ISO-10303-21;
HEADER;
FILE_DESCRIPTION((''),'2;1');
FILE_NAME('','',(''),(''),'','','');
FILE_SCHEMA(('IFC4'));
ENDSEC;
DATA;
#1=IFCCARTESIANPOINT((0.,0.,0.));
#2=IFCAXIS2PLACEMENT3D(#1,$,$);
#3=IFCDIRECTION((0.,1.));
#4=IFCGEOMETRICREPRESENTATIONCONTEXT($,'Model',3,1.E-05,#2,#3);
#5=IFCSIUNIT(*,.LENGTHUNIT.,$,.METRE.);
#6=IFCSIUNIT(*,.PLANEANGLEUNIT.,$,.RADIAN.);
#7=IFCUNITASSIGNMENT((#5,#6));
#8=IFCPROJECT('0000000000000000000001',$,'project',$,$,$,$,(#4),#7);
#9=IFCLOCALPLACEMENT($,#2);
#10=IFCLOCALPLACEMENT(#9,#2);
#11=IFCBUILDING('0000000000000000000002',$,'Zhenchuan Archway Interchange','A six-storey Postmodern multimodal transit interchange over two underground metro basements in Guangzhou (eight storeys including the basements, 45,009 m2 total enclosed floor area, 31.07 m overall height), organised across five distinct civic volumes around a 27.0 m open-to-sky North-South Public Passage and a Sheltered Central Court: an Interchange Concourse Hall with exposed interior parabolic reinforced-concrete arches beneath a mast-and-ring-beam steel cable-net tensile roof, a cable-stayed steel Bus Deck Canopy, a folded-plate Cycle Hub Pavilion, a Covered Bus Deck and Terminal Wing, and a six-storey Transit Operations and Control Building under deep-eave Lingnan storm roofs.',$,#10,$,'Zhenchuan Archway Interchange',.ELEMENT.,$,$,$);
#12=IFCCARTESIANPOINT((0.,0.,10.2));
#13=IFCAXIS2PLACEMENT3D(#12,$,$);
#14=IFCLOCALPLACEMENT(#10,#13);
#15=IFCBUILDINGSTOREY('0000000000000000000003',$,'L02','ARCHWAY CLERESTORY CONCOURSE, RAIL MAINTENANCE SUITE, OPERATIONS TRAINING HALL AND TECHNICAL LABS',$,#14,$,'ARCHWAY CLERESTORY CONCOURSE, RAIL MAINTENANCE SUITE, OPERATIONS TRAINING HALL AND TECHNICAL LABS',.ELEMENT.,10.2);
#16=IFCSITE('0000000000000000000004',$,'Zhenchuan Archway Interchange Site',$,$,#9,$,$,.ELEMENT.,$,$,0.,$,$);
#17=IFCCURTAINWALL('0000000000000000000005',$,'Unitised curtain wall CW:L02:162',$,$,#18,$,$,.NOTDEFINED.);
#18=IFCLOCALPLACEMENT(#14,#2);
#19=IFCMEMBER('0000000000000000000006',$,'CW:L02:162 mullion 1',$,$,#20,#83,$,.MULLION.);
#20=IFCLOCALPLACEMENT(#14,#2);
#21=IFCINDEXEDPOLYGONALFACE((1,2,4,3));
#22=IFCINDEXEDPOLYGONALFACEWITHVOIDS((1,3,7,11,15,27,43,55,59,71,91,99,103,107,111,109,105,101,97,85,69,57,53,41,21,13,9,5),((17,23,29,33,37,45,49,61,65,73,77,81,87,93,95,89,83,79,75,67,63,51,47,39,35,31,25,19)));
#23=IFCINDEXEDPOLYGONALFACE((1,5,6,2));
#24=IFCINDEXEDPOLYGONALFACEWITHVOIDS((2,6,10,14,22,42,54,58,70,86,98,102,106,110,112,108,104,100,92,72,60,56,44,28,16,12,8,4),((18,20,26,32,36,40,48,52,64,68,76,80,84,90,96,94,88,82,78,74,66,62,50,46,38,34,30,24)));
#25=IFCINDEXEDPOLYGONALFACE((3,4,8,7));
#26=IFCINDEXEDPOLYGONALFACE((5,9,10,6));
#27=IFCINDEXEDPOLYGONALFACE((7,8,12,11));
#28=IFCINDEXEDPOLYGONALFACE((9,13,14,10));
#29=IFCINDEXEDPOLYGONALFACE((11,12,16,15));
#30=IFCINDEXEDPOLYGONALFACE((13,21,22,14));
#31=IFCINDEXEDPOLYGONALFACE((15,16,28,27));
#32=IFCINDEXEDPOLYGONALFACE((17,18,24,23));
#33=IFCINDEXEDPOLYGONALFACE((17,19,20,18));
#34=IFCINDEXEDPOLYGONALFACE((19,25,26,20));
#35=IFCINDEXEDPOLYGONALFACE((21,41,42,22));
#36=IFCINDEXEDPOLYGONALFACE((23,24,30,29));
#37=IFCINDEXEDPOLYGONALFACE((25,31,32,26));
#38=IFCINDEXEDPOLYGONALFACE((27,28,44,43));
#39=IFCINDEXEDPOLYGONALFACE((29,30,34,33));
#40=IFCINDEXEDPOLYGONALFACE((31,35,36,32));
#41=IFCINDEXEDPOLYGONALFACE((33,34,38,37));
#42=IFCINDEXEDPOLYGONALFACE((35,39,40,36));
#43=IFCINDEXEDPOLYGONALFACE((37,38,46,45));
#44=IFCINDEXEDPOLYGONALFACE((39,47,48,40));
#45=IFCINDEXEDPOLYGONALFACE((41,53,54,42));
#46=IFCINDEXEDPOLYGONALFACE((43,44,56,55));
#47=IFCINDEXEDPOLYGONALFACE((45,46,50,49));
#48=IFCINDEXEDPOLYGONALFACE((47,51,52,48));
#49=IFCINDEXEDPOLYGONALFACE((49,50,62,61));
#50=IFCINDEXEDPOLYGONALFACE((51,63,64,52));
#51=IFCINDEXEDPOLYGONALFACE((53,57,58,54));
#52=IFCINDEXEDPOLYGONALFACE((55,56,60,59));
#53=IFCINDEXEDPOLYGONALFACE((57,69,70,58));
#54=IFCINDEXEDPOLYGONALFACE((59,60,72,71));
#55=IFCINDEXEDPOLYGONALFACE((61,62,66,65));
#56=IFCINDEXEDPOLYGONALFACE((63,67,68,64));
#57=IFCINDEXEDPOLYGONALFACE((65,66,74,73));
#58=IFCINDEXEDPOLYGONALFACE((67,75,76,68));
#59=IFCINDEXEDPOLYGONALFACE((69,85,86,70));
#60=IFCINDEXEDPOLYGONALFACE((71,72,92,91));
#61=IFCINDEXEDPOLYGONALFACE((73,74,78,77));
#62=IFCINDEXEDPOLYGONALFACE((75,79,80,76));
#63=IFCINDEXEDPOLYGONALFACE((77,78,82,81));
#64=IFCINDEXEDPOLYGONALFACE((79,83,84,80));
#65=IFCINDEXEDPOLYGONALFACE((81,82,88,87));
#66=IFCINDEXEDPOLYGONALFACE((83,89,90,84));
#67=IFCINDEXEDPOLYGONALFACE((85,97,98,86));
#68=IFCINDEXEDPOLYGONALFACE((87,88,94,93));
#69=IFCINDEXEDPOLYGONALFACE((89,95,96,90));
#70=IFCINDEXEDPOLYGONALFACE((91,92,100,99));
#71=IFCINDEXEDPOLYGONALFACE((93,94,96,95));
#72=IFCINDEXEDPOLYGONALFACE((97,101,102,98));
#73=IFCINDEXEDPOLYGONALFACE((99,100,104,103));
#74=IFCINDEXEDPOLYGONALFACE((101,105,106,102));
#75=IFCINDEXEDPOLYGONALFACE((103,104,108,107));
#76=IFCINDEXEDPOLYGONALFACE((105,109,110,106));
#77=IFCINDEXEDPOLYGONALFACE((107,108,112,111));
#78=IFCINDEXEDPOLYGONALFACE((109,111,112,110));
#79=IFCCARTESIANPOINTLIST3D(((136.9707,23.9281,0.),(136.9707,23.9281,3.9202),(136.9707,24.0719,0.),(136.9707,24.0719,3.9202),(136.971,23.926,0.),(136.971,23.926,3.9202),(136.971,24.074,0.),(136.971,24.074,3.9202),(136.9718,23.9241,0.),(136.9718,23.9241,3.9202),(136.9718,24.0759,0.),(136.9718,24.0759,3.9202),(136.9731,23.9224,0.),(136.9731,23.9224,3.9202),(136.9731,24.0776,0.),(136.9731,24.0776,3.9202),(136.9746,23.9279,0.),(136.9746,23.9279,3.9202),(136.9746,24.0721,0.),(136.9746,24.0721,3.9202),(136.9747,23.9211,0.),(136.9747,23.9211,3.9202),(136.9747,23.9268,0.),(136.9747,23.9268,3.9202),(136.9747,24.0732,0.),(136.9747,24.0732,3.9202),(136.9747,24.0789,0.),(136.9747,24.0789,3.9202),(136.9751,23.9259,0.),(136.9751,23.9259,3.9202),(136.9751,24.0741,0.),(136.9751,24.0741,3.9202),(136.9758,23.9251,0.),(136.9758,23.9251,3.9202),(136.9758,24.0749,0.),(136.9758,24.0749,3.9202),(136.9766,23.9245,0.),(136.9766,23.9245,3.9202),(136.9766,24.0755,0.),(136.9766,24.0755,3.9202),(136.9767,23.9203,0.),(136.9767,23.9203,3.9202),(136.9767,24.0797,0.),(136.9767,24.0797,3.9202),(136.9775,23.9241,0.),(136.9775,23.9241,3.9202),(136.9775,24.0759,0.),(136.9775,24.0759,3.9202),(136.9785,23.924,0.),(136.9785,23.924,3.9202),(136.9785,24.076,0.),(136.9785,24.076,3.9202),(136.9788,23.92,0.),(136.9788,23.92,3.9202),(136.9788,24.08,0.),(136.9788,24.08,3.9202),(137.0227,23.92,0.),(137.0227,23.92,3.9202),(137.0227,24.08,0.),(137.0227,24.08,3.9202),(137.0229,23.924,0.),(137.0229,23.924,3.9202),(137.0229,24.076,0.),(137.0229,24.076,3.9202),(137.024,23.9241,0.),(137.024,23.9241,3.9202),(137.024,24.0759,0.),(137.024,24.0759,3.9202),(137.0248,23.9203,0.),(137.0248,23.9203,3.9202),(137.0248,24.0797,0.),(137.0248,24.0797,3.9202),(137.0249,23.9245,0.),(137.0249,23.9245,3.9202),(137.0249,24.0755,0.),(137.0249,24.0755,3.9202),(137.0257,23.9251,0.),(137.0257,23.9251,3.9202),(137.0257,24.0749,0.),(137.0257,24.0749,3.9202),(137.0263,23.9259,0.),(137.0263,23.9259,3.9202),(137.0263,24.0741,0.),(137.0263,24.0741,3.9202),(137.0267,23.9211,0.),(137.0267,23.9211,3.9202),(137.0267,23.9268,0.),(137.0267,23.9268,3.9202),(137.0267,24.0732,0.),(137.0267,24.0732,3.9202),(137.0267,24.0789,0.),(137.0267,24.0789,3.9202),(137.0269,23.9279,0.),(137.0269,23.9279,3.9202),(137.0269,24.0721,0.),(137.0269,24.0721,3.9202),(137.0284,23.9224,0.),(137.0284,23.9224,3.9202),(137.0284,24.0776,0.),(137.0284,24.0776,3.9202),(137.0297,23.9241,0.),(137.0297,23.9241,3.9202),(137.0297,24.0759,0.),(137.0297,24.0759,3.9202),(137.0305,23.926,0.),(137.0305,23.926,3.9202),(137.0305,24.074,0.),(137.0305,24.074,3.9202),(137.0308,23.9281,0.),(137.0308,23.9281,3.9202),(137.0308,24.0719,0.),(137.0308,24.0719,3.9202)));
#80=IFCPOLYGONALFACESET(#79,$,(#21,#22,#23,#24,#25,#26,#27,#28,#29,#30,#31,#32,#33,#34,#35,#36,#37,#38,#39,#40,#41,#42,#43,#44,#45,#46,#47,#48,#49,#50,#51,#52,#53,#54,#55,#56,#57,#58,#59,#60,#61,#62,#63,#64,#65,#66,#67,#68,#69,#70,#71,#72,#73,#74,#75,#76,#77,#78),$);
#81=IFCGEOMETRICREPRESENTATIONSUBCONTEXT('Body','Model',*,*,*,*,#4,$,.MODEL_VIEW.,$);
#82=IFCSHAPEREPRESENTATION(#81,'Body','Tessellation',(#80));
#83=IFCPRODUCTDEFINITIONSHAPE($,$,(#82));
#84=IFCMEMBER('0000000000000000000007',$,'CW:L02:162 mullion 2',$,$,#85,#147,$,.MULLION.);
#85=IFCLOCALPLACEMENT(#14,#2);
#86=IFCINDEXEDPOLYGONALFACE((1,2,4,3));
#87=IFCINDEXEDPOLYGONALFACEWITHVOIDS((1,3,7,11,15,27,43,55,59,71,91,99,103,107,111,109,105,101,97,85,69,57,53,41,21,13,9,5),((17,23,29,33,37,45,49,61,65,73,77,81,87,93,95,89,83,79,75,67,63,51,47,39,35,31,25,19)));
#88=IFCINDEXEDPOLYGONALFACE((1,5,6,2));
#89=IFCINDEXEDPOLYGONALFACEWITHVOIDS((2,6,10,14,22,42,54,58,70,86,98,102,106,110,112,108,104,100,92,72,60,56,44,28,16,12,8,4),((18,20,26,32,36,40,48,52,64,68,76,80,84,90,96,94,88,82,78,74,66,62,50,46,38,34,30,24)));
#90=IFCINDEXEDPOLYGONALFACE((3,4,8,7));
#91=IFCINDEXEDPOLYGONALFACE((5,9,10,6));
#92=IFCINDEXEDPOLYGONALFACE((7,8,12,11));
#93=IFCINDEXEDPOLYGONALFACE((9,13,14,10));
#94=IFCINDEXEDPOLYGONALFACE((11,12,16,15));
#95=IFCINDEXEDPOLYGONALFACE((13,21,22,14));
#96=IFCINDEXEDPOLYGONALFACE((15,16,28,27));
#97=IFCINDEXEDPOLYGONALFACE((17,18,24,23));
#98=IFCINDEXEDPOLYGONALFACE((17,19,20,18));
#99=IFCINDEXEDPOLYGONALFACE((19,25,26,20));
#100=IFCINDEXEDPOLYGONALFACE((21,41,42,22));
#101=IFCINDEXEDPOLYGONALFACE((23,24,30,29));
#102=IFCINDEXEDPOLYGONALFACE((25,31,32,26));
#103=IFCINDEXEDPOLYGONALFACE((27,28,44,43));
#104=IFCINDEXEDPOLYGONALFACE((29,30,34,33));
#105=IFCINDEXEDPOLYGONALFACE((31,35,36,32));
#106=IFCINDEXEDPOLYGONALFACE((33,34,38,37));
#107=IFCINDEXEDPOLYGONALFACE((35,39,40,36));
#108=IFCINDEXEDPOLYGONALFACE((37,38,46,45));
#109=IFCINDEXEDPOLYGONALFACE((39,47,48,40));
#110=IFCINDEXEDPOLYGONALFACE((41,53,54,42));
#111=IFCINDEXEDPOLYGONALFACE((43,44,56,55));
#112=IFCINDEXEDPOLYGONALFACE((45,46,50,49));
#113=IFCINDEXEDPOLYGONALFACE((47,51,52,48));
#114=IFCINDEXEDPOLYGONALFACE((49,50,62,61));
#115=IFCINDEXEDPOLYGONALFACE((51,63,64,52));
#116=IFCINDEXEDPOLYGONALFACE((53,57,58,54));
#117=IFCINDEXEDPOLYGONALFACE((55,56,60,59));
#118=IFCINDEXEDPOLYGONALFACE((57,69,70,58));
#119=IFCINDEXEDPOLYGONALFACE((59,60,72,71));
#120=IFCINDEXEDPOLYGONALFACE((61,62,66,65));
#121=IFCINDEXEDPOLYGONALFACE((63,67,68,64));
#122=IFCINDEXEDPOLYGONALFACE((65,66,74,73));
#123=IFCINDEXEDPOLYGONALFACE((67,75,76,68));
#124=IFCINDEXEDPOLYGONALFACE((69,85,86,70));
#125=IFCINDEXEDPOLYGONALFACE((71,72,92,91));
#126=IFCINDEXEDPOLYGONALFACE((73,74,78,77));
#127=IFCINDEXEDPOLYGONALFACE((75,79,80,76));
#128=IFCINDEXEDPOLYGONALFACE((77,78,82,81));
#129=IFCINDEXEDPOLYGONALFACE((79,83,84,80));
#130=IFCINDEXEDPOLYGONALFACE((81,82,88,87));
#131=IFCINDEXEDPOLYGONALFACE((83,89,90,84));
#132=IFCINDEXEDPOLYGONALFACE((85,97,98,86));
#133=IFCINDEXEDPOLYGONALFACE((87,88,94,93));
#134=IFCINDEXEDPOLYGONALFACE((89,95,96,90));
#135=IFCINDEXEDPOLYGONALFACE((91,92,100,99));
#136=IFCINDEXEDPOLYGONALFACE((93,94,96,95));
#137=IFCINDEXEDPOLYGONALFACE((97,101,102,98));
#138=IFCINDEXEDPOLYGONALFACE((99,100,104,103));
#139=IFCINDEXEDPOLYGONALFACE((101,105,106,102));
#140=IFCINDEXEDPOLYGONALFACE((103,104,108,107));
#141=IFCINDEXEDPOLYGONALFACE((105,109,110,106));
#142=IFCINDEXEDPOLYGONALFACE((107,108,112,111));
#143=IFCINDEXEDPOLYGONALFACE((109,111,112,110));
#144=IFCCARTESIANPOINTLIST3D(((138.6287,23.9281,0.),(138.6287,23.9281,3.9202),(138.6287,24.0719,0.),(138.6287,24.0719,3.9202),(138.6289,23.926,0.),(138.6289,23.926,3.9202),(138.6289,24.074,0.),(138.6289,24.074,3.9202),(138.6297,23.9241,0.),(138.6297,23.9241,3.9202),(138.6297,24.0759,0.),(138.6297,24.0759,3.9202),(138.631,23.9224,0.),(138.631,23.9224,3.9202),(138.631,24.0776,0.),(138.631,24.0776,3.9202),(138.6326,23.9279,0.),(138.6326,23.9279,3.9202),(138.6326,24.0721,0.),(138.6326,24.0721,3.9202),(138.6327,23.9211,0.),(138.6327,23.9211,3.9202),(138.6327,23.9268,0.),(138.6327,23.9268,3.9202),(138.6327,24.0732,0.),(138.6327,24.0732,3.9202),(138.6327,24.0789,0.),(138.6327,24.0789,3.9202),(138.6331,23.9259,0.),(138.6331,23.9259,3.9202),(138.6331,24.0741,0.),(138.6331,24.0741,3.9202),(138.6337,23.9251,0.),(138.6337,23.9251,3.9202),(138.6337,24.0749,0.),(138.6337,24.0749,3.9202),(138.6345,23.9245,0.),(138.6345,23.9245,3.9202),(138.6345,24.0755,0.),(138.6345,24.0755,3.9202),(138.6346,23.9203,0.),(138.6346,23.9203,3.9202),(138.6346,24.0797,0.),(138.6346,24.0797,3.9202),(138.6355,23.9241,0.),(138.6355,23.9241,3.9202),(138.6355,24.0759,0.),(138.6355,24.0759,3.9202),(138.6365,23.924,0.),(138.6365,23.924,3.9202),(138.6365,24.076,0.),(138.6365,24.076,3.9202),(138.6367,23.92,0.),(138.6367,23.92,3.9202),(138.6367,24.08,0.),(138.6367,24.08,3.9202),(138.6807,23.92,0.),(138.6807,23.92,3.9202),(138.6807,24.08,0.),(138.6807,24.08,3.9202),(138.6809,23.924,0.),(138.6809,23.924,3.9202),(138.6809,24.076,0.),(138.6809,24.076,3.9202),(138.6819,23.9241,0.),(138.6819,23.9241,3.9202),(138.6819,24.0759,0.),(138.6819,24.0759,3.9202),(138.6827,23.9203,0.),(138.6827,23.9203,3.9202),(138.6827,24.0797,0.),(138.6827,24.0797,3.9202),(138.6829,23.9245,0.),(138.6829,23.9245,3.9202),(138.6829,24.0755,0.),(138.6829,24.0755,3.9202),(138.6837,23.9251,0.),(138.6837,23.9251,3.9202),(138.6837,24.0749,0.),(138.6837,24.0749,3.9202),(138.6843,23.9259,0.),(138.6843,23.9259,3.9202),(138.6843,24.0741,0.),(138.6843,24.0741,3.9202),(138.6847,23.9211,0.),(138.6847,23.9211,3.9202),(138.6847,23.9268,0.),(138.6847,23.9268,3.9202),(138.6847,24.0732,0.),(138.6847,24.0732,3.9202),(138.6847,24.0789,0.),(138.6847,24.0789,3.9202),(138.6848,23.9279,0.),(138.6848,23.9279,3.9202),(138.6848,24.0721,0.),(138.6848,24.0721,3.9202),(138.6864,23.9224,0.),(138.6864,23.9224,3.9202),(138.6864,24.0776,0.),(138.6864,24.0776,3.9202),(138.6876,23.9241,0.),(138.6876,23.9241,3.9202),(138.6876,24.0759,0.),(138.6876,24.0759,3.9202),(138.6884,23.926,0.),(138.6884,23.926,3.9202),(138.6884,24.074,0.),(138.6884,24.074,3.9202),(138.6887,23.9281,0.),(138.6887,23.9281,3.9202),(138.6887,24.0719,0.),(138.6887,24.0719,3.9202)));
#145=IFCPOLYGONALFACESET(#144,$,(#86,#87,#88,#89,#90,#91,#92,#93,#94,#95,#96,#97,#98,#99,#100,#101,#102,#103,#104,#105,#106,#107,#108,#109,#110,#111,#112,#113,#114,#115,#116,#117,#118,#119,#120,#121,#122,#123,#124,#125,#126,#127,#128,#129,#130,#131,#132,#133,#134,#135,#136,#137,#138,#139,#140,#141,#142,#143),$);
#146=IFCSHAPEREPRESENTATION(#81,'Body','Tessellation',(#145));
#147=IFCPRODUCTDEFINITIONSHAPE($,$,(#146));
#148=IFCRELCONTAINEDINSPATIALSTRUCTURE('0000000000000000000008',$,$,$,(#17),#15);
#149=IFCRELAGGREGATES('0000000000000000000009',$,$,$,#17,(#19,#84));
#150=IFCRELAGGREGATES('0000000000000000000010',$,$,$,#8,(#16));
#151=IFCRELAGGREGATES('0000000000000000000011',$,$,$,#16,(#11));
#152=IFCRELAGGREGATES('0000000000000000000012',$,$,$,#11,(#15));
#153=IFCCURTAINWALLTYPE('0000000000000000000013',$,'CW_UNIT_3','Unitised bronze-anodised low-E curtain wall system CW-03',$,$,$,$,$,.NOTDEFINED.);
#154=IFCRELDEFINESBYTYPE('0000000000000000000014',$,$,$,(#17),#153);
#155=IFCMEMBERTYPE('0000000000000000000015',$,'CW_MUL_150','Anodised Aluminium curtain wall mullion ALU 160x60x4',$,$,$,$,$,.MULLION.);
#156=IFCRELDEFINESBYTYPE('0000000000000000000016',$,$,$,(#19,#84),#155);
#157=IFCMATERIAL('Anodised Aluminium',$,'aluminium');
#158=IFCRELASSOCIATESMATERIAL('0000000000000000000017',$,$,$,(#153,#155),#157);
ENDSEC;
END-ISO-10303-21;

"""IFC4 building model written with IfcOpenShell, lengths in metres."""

from ifc_helpers import new_model, si_unit, direction, frame, origin, origin_2d, place, context, subcontext, project, spatial, hollow_rectangle, extrude, material, material_profile, profile_set, type_object, element, aggregate, save


model = new_model("IFC4")

# Units and contexts
model_context = context("Model", 3, precision=1e-05, world=origin(), true_north=direction((0.0, 1.0)))
body_context = subcontext(model_context, "Body", "Model", "MODEL_VIEW")
ifc_project = project(units=[si_unit("LENGTHUNIT", "METRE"), si_unit("PLANEANGLEUNIT", "RADIAN")], contexts=[model_context])

# Site, building, storey
site_placement = place(None, origin())
site = spatial("IfcSite", under=ifc_project, at=site_placement, Name="Zhenchuan Archway Interchange Site", CompositionType="ELEMENT", RefElevation=0.0)
building_placement = place(site_placement, origin())
building = spatial("IfcBuilding", under=site, at=building_placement, Name="Zhenchuan Archway Interchange", Description="A six-storey Postmodern multimodal transit interchange over two underground metro basements in Guangzhou (eight storeys including the basements, 45,009 m2 total enclosed floor area, 31.07 m overall height), organised across five distinct civic volumes around a 27.0 m open-to-sky North-South Public Passage and a Sheltered Central Court: an Interchange Concourse Hall with exposed interior parabolic reinforced-concrete arches beneath a mast-and-ring-beam steel cable-net tensile roof, a cable-stayed steel Bus Deck Canopy, a folded-plate Cycle Hub Pavilion, a Covered Bus Deck and Terminal Wing, and a six-storey Transit Operations and Control Building under deep-eave Lingnan storm roofs.", LongName="Zhenchuan Archway Interchange", CompositionType="ELEMENT")
storey_placement = place(building_placement, frame((0.0, 0.0, 10.2)))
storey = spatial("IfcBuildingStorey", under=building, at=storey_placement, Name="L02", Description="ARCHWAY CLERESTORY CONCOURSE, RAIL MAINTENANCE SUITE, OPERATIONS TRAINING HALL AND TECHNICAL LABS", LongName="ARCHWAY CLERESTORY CONCOURSE, RAIL MAINTENANCE SUITE, OPERATIONS TRAINING HALL AND TECHNICAL LABS", CompositionType="ELEMENT", Elevation=10.2)

# Curtain wall, members
ifc_material_1 = material(Name="Anodised Aluminium", Category="aluminium")
curtain_wall_type = type_object("IfcCurtainWallType", Name="CW_UNIT_3", Description="Unitised bronze-anodised low-E curtain wall system CW-03", PredefinedType="NOTDEFINED", material=ifc_material_1)
curtain_wall_placement = place(storey_placement, origin())
curtain_wall = element("IfcCurtainWall", 1, at=curtain_wall_placement, inside=storey, type_object=curtain_wall_type, Name="Unitised curtain wall CW:L02:162", PredefinedType="NOTDEFINED")
ifc_material_profile_1 = material_profile(ifc_material_1, hollow_rectangle(XDim=0.0601, YDim=0.1599, WallThickness=0.0039, InnerFilletRadius=0.0039, OuterFilletRadius=0.0081, at=origin_2d()), Name="ALU 160x60x4")
ifc_profile_set_1 = profile_set([ifc_material_profile_1], Name="Anodised Aluminium")
member_type_1 = type_object("IfcMemberType", Name="CW_MUL_150", Description="Anodised Aluminium curtain wall mullion ALU 160x60x4", PredefinedType="MULLION", material=ifc_profile_set_1)
member_1_placement = place(storey_placement, frame((137.0007, 24.0, 0.0), z_axis=(0.0, 0.0, 1.0), x_axis=(1.0, 0.0, 0.0)))
member_1 = element("IfcMember", 2, at=member_1_placement, type_object=member_type_1, Name="CW:L02:162 mullion 1", PredefinedType="MULLION", context=body_context, shape_type="SweptSolid", body=[
    extrude(hollow_rectangle(XDim=0.0601, YDim=0.1599, WallThickness=0.0039, InnerFilletRadius=0.0039, OuterFilletRadius=0.0081, at=origin_2d()), origin(), (0.0, 0.0, 1.0), 3.9202),
])
member_2_placement = place(storey_placement, frame((138.6587, 24.0, 0.0), z_axis=(0.0, 0.0, 1.0), x_axis=(1.0, 0.0, 0.0)))
member_2 = element("IfcMember", 3, at=member_2_placement, type_object=member_type_1, Name="CW:L02:162 mullion 2", PredefinedType="MULLION", context=body_context, shape_type="SweptSolid", body=[
    extrude(hollow_rectangle(XDim=0.0601, YDim=0.1599, WallThickness=0.0039, InnerFilletRadius=0.0039, OuterFilletRadius=0.0081, at=origin_2d()), origin(), (0.0, 0.0, 1.0), 3.9202),
])
aggregate(curtain_wall, [member_1, member_2])

save(model, "model.ifc")
